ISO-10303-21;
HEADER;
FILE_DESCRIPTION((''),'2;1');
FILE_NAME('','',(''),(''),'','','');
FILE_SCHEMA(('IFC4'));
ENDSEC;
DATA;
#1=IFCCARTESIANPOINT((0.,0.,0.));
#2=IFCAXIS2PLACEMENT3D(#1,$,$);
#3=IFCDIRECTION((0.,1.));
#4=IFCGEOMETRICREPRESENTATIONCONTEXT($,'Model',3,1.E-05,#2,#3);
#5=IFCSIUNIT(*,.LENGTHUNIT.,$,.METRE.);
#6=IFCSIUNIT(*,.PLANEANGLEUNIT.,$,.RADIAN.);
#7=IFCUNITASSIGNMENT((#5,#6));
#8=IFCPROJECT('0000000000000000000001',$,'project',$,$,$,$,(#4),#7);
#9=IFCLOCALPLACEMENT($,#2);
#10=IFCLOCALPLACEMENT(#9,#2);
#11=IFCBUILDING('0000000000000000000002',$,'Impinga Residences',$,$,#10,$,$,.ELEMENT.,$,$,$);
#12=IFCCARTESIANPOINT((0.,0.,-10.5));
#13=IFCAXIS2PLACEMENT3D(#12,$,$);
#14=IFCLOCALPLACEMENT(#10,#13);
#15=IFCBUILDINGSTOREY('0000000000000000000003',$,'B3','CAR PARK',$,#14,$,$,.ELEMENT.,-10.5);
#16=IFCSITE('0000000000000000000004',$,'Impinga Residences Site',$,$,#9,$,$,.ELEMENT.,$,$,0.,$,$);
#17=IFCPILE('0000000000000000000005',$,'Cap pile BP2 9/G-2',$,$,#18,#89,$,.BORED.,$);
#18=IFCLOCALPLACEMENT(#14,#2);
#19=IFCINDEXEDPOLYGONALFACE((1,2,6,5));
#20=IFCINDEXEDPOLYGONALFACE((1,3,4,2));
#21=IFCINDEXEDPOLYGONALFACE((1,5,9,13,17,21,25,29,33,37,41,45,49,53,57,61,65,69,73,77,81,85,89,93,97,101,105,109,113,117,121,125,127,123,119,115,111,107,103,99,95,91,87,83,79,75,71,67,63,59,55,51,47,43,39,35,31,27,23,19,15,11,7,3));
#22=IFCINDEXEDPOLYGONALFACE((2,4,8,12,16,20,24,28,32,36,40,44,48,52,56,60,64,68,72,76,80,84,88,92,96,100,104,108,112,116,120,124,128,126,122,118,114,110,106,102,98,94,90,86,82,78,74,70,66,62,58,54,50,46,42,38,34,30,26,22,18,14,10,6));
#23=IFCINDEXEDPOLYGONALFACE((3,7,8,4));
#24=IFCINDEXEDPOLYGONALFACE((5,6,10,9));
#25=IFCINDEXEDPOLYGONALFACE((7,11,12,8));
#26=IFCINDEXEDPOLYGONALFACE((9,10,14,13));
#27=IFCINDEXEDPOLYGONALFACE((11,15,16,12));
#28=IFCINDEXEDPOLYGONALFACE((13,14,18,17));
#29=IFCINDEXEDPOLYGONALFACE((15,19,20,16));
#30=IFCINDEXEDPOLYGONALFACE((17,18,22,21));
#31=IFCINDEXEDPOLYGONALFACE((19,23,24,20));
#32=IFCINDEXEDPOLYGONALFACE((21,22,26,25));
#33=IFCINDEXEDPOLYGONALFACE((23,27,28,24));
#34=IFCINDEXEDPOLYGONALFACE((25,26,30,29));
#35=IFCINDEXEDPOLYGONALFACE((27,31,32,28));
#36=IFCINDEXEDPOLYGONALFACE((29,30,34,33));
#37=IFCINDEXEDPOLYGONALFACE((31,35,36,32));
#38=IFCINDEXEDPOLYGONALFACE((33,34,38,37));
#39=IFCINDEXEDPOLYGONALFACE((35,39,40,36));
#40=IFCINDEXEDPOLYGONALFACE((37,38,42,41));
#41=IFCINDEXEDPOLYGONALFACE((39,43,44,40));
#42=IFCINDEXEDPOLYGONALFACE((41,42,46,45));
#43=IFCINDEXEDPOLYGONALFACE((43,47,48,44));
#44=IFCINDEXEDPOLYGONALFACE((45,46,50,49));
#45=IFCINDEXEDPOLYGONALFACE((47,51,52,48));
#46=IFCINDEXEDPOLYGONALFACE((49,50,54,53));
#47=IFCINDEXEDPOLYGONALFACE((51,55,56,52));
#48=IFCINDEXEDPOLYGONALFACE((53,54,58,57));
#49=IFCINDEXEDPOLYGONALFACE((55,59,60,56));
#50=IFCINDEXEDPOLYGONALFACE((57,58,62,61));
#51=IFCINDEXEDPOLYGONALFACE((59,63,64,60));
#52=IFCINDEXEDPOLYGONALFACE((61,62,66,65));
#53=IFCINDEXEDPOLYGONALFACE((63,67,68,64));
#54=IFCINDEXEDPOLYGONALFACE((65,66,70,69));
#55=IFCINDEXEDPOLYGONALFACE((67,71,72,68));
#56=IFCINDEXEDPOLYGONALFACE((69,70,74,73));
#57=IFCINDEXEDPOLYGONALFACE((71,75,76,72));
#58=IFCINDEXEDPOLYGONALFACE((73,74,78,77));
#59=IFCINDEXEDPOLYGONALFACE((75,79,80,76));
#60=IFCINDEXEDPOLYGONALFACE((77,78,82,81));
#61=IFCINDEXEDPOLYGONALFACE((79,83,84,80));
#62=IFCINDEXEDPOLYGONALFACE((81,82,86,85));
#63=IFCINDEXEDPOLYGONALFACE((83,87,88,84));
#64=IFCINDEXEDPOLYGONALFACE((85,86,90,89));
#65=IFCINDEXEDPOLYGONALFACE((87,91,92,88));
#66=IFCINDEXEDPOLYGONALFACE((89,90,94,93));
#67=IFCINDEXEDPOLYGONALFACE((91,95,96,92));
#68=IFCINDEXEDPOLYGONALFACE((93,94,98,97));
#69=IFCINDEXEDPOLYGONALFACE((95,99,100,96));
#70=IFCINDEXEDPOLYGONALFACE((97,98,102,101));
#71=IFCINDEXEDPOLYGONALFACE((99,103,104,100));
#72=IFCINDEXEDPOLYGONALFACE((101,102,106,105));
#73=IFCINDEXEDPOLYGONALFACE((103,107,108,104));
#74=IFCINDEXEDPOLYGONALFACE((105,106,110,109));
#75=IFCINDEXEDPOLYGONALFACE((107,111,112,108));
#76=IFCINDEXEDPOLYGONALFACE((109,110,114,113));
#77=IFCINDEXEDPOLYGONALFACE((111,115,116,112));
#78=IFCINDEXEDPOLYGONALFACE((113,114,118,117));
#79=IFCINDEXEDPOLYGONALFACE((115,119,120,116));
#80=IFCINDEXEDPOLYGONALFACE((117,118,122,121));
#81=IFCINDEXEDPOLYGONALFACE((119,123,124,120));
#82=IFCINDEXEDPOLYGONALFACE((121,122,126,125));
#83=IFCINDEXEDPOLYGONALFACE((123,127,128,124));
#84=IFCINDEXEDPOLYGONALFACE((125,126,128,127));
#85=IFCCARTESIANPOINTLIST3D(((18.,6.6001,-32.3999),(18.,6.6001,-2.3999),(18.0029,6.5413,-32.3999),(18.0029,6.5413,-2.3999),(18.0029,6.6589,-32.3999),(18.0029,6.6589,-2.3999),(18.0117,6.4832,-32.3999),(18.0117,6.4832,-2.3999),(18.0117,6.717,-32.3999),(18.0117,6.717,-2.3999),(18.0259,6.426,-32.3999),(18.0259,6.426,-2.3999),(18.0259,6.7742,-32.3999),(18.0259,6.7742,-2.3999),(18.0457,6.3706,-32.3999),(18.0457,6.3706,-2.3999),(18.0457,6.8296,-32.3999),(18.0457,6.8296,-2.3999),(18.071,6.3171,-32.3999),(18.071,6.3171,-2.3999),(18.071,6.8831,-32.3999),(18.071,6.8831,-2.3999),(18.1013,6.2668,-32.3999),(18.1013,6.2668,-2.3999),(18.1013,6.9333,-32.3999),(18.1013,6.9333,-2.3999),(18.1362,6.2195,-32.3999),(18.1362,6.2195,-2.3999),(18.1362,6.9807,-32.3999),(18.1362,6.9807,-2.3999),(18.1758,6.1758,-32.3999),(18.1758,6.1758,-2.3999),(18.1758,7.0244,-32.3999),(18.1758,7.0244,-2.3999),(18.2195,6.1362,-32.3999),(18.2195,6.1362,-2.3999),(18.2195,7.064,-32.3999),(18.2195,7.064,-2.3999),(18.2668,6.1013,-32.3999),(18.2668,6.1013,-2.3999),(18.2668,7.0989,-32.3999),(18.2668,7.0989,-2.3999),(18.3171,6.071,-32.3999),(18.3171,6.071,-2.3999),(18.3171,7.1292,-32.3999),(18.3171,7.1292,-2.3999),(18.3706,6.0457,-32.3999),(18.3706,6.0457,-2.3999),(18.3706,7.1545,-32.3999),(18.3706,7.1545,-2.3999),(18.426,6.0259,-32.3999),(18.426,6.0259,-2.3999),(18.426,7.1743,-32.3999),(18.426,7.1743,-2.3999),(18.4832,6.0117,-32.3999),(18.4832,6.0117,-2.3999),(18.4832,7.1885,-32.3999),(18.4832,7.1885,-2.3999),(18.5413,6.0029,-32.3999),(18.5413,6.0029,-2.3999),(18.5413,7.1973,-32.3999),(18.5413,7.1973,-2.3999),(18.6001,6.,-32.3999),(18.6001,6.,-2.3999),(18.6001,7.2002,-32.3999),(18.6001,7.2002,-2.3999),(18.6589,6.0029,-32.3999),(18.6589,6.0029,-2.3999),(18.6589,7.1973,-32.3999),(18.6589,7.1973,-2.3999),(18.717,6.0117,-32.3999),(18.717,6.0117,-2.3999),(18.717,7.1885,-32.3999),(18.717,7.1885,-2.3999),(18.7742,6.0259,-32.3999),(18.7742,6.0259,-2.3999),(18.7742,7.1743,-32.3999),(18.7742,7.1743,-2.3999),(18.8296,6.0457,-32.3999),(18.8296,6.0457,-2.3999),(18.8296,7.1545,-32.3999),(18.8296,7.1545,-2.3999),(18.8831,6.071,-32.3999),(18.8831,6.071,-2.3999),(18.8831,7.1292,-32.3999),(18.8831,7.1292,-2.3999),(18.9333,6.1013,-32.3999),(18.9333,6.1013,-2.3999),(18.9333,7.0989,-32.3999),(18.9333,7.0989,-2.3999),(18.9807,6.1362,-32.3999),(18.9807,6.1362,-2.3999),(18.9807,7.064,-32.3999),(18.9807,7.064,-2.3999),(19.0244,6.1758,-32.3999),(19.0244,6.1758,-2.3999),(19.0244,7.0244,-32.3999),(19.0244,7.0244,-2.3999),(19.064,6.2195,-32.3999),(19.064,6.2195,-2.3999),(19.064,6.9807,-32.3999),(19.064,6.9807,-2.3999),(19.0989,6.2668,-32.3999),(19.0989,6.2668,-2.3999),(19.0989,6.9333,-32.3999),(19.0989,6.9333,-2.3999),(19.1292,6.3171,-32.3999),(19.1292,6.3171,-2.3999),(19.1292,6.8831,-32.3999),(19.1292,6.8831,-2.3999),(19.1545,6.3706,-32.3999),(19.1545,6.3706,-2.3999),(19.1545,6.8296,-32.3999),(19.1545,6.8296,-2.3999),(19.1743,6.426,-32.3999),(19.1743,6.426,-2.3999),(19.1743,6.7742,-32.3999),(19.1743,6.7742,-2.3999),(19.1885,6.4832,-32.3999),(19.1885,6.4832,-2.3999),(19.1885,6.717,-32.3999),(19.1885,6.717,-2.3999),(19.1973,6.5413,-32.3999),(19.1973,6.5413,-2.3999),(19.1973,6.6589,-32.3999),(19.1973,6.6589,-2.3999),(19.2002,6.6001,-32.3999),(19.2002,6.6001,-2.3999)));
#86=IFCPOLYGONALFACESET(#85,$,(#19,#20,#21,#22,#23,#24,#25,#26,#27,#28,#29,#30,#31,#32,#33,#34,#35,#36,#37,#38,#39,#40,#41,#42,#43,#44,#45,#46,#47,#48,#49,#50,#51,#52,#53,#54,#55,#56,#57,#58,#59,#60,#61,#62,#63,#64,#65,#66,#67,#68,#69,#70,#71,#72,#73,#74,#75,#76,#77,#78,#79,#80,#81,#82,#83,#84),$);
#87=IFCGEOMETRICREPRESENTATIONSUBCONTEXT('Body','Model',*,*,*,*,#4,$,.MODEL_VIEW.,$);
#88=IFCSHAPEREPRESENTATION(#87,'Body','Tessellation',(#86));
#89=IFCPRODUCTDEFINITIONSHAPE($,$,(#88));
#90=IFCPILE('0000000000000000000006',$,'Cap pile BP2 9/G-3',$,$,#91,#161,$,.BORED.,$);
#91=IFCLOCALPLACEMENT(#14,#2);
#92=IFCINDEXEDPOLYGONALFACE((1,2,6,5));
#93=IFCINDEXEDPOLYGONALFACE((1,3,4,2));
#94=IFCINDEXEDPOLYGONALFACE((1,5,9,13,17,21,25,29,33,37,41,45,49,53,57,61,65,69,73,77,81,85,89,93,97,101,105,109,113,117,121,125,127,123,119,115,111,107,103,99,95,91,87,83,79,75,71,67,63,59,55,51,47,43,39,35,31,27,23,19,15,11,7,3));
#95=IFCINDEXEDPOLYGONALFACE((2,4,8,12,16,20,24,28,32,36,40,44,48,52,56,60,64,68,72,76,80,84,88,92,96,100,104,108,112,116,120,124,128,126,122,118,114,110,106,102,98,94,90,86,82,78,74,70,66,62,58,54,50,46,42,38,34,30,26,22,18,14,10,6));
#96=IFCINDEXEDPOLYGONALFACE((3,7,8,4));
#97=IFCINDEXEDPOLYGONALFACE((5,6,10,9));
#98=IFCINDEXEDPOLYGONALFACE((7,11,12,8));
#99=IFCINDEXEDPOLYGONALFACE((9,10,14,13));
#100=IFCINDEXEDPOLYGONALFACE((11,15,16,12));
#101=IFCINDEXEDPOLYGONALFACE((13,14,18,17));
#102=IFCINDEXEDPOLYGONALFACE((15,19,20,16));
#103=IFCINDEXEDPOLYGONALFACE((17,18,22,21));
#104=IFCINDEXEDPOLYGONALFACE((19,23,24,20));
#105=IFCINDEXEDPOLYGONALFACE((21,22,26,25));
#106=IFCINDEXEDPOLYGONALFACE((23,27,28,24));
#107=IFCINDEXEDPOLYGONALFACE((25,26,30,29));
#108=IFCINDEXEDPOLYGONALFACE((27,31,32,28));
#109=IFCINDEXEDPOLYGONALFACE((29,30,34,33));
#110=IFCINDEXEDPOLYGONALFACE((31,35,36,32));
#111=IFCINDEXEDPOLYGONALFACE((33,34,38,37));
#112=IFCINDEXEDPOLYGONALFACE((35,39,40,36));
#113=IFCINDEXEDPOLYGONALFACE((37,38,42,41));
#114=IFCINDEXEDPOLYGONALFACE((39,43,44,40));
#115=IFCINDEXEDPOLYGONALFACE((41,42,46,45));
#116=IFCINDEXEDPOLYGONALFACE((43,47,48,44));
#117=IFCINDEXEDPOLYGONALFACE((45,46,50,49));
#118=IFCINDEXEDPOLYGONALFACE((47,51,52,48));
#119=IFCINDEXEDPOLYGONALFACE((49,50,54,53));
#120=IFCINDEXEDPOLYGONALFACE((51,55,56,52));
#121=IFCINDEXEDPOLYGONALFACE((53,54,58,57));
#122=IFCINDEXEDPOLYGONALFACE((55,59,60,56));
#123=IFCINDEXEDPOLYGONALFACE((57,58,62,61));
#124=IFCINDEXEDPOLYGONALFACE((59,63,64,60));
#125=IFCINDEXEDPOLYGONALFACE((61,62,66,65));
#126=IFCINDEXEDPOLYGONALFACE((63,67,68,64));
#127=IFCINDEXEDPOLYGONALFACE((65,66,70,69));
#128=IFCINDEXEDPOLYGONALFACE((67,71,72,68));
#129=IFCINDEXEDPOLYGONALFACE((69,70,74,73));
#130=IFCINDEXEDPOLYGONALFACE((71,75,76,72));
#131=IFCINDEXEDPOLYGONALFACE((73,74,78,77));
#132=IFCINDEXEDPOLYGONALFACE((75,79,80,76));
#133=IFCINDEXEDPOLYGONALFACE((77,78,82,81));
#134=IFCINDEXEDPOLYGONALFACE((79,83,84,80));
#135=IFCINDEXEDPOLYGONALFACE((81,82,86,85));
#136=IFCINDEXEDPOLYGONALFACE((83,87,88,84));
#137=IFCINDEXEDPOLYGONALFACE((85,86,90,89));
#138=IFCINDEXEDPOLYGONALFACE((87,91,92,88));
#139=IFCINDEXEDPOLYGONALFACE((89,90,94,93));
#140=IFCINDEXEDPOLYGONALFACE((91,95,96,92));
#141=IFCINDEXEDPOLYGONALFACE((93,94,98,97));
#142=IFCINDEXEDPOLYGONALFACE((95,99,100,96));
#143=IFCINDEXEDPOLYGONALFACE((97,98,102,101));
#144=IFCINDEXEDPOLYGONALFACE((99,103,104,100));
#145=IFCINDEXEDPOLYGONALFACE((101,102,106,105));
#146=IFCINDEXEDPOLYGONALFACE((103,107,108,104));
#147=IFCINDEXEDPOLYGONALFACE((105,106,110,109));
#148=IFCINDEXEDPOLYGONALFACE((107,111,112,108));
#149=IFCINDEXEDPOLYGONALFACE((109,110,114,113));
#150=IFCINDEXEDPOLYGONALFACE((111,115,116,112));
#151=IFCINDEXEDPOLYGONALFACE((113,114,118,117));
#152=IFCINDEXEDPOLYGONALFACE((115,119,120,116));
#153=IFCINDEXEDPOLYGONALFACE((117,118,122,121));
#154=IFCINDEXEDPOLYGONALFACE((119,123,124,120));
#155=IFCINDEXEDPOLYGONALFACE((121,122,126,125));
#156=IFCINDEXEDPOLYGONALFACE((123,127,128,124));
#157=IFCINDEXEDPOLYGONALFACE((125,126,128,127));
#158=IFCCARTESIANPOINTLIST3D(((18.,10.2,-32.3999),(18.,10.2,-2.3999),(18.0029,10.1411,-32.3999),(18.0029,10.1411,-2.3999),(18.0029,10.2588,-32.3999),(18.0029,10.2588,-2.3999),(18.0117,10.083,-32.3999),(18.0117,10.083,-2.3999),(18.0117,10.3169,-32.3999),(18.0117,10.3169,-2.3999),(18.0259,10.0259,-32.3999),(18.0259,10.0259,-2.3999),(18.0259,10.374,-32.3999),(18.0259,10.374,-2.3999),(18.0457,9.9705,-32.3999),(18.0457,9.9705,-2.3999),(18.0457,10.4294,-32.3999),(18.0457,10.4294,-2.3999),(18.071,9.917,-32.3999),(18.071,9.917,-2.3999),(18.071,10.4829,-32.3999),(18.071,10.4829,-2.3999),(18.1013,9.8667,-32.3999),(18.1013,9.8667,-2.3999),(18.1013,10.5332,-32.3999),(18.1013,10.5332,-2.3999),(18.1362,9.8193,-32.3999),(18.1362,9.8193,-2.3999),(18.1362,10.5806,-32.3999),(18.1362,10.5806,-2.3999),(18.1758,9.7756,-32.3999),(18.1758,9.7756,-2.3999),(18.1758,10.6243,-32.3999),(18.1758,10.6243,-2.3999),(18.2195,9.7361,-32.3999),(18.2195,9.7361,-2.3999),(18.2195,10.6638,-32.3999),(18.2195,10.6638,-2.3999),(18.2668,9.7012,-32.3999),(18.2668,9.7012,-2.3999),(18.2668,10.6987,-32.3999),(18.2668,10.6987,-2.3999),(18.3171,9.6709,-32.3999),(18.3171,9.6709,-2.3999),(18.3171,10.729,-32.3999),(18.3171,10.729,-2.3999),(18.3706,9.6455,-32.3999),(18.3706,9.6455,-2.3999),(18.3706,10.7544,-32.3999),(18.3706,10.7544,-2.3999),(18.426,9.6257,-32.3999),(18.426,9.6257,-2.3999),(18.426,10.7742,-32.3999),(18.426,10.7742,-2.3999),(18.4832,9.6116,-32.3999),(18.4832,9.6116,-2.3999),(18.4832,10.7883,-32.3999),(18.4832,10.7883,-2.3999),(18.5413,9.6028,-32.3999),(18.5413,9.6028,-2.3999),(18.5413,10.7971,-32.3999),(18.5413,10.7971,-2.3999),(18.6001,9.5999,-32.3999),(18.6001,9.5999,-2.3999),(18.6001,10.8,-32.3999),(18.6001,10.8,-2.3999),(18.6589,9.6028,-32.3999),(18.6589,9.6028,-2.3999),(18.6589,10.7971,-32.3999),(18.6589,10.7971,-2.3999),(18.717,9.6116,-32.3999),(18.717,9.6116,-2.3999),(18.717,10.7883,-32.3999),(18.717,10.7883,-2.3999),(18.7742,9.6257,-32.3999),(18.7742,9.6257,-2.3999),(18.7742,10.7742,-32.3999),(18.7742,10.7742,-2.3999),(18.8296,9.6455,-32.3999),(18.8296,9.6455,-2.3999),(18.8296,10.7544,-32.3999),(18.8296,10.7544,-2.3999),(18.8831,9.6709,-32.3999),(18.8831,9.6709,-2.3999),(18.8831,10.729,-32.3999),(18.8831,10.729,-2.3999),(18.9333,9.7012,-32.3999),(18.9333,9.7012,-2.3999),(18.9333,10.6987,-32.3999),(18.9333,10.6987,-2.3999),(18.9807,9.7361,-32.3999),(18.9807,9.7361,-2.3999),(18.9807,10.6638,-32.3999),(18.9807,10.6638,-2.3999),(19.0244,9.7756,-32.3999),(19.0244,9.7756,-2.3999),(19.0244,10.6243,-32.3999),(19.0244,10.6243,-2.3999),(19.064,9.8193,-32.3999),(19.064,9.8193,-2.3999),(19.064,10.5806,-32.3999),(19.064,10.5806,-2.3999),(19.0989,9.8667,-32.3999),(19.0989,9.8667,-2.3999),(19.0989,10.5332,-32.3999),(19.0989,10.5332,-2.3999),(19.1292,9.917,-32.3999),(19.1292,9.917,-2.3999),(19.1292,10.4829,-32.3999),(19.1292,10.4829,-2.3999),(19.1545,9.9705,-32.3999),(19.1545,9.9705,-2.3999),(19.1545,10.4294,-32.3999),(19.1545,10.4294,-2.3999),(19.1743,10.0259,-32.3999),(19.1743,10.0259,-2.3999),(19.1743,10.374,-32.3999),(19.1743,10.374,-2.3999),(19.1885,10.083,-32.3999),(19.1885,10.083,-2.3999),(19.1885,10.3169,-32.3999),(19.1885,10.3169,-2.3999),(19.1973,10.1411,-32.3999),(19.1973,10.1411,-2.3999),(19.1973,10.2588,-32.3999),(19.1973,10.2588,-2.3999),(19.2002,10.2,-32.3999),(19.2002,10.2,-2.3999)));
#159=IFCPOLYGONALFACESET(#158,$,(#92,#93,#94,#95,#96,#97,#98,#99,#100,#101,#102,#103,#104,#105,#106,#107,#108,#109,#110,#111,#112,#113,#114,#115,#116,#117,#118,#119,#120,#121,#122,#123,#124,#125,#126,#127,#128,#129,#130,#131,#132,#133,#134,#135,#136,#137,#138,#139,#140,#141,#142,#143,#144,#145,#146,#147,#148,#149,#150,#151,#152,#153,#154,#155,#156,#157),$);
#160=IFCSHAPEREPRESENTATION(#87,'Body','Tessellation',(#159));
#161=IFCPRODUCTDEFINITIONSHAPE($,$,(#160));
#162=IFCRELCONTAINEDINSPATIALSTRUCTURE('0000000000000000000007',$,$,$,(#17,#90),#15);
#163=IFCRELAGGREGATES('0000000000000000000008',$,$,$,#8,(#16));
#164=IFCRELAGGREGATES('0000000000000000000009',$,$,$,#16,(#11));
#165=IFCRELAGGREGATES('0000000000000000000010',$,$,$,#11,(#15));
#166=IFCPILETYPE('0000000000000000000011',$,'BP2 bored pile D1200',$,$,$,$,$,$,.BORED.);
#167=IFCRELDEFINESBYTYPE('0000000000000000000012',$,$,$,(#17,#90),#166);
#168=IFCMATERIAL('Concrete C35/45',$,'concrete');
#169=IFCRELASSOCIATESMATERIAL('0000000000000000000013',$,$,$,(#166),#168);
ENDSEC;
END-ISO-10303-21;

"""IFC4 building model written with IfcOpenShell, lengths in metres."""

from ifc_helpers import new_model, si_unit, direction, frame, origin, origin_2d, place, context, subcontext, project, spatial, polyline, circle, outline, extrude, material, material_profile, profile_set, type_object, element, save


model = new_model("IFC4")

# Units and contexts
model_context = context("Model", 3, precision=1e-05, world=origin(), true_north=direction((0.0, 1.0)))
body_context = subcontext(model_context, "Body", "Model", "MODEL_VIEW")
ifc_project = project(units=[si_unit("LENGTHUNIT", "METRE"), si_unit("PLANEANGLEUNIT", "RADIAN")], contexts=[model_context])

# Site, building, storey
site_placement = place(None, origin())
site = spatial("IfcSite", under=ifc_project, at=site_placement, Name="Impinga Residences Site", CompositionType="ELEMENT", RefElevation=0.0)
building_placement = place(site_placement, origin())
building = spatial("IfcBuilding", under=site, at=building_placement, Name="Impinga Residences", CompositionType="ELEMENT")
storey_placement = place(building_placement, frame((0.0, 0.0, -10.5)))
storey = spatial("IfcBuildingStorey", under=building, at=storey_placement, Name="B3", Description="CAR PARK", CompositionType="ELEMENT", Elevation=-10.5)

# Piles
ifc_material_1 = material(Name="Concrete C35/45", Category="concrete")
ifc_material_profile_1 = material_profile(ifc_material_1, circle(Radius=0.6001, at=origin_2d()), Name="D1200")
ifc_profile_set_1 = profile_set([ifc_material_profile_1], Name="Concrete C35/45")
pile_type_1 = type_object("IfcPileType", Name="BP2 bored pile D1200", PredefinedType="BORED", material=ifc_profile_set_1)
pile_1_placement = place(storey_placement, frame((18.6001, 6.6001, -2.3999), z_axis=(0.0, 0.0, -1.0), x_axis=(1.0, 0.0, 0.0)))
element("IfcPile", 1, at=pile_1_placement, inside=storey, type_object=pile_type_1, Name="Cap pile BP2 9/G-2", PredefinedType="BORED", context=body_context, shape_type="SweptSolid", body=[
    extrude(outline(polyline([(0.6001, 0.0), (0.5972, 0.0588), (0.5884, 0.1169), (0.5742, 0.1741), (0.5544, 0.2295), (0.5291, 0.283), (0.4988, 0.3333), (0.4639, 0.3806), (0.4243, 0.4243), (0.3806, 0.4639), (0.3333, 0.4988), (0.283, 0.5291), (0.2295, 0.5544), (0.1741, 0.5742), (0.1169, 0.5884), (0.0588, 0.5972), (0.0, 0.6001), (-0.0588, 0.5972), (-0.1169, 0.5884), (-0.1741, 0.5742), (-0.2295, 0.5544), (-0.283, 0.5291), (-0.3333, 0.4988), (-0.3806, 0.4639), (-0.4243, 0.4243), (-0.4639, 0.3806), (-0.4988, 0.3333), (-0.5291, 0.283), (-0.5544, 0.2295), (-0.5742, 0.1741), (-0.5884, 0.1169), (-0.5972, 0.0588), (-0.6001, 0.0), (-0.5972, -0.0588), (-0.5884, -0.1169), (-0.5742, -0.1741), (-0.5544, -0.2295), (-0.5291, -0.283), (-0.4988, -0.3333), (-0.4639, -0.3806), (-0.4243, -0.4243), (-0.3806, -0.4639), (-0.3333, -0.4988), (-0.283, -0.5291), (-0.2295, -0.5544), (-0.1741, -0.5742), (-0.1169, -0.5884), (-0.0588, -0.5972), (0.0, -0.6001), (0.0588, -0.5972), (0.1169, -0.5884), (0.1741, -0.5742), (0.2295, -0.5544), (0.283, -0.5291), (0.3333, -0.4988), (0.3806, -0.4639), (0.4243, -0.4243), (0.4639, -0.3806), (0.4988, -0.3333), (0.5291, -0.283), (0.5544, -0.2295), (0.5742, -0.1741), (0.5884, -0.1169), (0.5972, -0.0588), (0.6001, 0.0)])), origin(), (0.0, 0.0, 1.0), 30.0),
])
pile_2_placement = place(storey_placement, frame((18.6001, 10.2, -2.3999), z_axis=(0.0, 0.0, -1.0), x_axis=(1.0, 0.0, 0.0)))
element("IfcPile", 2, at=pile_2_placement, inside=storey, type_object=pile_type_1, Name="Cap pile BP2 9/G-3", PredefinedType="BORED", context=body_context, shape_type="SweptSolid", body=[
    extrude(outline(polyline([(0.6001, 0.0), (0.5972, 0.0588), (0.5884, 0.1169), (0.5742, 0.1741), (0.5544, 0.2295), (0.5291, 0.283), (0.4988, 0.3333), (0.4639, 0.3806), (0.4243, 0.4243), (0.3806, 0.4639), (0.3333, 0.4988), (0.283, 0.5291), (0.2295, 0.5544), (0.1741, 0.5742), (0.1169, 0.5884), (0.0588, 0.5972), (0.0, 0.6001), (-0.0588, 0.5972), (-0.1169, 0.5884), (-0.1741, 0.5742), (-0.2295, 0.5544), (-0.283, 0.5291), (-0.3333, 0.4988), (-0.3806, 0.4639), (-0.4243, 0.4243), (-0.4639, 0.3806), (-0.4988, 0.3333), (-0.5291, 0.283), (-0.5544, 0.2295), (-0.5742, 0.1741), (-0.5884, 0.1169), (-0.5972, 0.0588), (-0.6001, 0.0), (-0.5972, -0.0588), (-0.5884, -0.1169), (-0.5742, -0.1741), (-0.5544, -0.2295), (-0.5291, -0.283), (-0.4988, -0.3333), (-0.4639, -0.3806), (-0.4243, -0.4243), (-0.3806, -0.4639), (-0.3333, -0.4988), (-0.283, -0.5291), (-0.2295, -0.5544), (-0.1741, -0.5742), (-0.1169, -0.5884), (-0.0588, -0.5972), (0.0, -0.6001), (0.0588, -0.5972), (0.1169, -0.5884), (0.1741, -0.5742), (0.2295, -0.5544), (0.283, -0.5291), (0.3333, -0.4988), (0.3806, -0.4639), (0.4243, -0.4243), (0.4639, -0.3806), (0.4988, -0.3333), (0.5291, -0.283), (0.5544, -0.2295), (0.5742, -0.1741), (0.5884, -0.1169), (0.5972, -0.0588), (0.6001, 0.0)])), origin(), (0.0, 0.0, 1.0), 30.0),
])

save(model, "model.ifc")
